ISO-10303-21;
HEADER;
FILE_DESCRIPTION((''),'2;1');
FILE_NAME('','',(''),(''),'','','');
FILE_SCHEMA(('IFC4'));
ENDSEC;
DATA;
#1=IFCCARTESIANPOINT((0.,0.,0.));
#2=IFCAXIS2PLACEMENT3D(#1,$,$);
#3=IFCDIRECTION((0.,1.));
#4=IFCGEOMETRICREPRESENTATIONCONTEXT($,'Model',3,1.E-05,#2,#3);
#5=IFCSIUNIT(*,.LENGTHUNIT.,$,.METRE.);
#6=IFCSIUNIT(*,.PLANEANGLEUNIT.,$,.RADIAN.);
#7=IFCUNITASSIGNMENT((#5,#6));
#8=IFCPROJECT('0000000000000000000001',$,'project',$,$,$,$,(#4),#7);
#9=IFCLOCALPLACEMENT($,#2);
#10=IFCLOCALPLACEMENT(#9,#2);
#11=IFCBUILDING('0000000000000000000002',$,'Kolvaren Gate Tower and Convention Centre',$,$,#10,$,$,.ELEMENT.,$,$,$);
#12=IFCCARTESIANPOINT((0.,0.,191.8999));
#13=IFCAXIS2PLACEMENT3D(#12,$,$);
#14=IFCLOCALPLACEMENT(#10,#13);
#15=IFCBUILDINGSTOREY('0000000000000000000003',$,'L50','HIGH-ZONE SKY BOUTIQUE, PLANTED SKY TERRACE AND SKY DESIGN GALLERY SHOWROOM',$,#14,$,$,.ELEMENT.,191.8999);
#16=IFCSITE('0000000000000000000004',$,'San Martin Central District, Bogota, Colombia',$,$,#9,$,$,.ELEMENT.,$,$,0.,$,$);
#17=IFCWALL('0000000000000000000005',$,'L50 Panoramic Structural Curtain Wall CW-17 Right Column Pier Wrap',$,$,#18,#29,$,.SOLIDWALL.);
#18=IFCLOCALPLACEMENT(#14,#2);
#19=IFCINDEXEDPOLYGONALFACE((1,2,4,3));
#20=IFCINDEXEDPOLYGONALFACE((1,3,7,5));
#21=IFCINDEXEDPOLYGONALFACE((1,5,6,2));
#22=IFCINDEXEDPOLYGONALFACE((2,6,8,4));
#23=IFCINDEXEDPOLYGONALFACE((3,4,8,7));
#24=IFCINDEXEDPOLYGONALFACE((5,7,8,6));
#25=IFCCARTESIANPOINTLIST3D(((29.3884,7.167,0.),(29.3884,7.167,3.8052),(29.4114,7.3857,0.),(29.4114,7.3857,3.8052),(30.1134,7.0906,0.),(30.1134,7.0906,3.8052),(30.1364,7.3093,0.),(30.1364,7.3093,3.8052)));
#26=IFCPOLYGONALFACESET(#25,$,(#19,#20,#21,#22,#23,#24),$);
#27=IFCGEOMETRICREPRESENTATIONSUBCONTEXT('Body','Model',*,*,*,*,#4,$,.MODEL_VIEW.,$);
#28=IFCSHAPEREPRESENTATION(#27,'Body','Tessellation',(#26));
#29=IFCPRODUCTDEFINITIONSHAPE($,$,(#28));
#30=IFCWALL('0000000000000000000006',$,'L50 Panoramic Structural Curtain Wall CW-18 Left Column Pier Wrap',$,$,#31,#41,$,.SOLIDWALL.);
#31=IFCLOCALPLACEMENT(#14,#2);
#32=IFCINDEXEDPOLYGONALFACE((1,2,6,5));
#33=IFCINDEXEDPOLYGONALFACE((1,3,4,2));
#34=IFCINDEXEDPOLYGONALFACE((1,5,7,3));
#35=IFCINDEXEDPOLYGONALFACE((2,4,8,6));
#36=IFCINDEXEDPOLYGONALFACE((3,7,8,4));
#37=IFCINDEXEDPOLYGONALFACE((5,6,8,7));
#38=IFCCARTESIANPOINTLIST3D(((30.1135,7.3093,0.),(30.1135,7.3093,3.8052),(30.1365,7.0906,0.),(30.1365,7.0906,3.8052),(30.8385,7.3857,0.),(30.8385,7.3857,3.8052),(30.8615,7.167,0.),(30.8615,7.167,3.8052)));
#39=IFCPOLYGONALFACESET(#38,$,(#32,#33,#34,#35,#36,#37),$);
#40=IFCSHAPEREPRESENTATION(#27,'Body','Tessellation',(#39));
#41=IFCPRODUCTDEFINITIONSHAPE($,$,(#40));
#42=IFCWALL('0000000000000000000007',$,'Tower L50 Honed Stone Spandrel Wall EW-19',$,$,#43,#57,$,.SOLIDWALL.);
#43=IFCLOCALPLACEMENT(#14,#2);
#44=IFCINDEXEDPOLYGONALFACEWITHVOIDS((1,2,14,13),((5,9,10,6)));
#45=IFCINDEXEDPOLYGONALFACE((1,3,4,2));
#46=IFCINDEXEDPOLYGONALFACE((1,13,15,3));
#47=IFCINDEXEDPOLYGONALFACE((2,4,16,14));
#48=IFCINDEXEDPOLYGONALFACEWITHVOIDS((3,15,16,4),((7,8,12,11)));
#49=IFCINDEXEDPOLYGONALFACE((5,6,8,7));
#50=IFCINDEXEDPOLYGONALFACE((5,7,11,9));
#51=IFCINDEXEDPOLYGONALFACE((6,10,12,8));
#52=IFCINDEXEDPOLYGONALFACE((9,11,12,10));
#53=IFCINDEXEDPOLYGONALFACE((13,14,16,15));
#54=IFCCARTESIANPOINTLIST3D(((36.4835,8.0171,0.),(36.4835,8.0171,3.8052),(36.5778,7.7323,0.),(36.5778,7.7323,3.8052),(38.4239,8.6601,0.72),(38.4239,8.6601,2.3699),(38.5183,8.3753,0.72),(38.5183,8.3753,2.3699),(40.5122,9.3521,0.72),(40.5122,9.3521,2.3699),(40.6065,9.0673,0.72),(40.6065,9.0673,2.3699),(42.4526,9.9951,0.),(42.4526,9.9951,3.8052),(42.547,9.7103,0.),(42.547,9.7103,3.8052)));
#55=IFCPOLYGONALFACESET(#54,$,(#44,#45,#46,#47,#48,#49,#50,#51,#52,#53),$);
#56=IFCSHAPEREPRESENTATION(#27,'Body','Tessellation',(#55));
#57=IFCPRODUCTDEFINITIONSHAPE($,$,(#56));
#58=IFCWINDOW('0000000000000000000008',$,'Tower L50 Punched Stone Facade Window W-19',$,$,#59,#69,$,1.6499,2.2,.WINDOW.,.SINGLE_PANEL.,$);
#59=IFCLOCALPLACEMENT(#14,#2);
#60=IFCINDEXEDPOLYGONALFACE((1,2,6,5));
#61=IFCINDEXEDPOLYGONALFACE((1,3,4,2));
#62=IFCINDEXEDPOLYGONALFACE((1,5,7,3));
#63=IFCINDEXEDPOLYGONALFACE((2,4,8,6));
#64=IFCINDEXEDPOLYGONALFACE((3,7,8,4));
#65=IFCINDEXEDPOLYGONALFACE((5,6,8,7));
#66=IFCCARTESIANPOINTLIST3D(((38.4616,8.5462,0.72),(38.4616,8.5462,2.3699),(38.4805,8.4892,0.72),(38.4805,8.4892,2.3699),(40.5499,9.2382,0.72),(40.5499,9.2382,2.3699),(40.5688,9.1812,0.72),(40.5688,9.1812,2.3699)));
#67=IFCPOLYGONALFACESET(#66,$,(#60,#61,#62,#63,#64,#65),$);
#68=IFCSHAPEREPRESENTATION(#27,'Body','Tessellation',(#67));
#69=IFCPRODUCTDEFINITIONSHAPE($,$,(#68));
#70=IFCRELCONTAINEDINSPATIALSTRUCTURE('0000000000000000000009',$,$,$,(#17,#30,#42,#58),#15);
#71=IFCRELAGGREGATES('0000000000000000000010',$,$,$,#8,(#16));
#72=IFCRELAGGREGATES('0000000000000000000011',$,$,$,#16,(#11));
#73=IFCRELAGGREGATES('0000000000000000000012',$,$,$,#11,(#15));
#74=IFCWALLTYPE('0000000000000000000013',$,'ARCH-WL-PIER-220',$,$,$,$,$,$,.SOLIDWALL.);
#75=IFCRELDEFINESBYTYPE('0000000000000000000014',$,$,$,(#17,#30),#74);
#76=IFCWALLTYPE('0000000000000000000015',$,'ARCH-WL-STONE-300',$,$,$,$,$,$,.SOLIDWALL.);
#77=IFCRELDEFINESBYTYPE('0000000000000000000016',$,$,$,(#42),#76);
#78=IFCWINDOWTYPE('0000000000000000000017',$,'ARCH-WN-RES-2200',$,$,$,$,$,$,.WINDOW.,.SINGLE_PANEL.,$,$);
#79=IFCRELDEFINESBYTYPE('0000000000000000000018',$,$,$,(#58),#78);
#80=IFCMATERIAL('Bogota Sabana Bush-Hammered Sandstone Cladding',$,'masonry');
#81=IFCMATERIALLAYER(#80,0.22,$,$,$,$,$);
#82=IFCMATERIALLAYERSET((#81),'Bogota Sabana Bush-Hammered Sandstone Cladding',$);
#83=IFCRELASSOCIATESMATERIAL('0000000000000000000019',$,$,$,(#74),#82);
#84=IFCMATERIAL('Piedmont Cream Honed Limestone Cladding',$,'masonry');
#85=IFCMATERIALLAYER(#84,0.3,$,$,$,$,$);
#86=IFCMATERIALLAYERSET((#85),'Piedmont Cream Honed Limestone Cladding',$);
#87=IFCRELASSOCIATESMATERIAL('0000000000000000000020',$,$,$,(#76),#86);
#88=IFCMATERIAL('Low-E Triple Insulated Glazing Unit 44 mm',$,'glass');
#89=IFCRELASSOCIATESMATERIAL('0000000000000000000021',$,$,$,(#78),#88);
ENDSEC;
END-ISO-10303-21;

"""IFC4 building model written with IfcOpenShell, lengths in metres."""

from ifc_helpers import new_model, si_unit, direction, frame, frame_2d, origin, place, context, subcontext, project, spatial, rectangle, extrude, material, layer, layer_set, type_object, element, fill, save


model = new_model("IFC4")

# Units and contexts
model_context = context("Model", 3, precision=1e-05, world=origin(), true_north=direction((0.0, 1.0)))
body_context = subcontext(model_context, "Body", "Model", "MODEL_VIEW")
ifc_project = project(units=[si_unit("LENGTHUNIT", "METRE"), si_unit("PLANEANGLEUNIT", "RADIAN")], contexts=[model_context])

# Site, building, storey
site_placement = place(None, origin())
site = spatial("IfcSite", under=ifc_project, at=site_placement, Name="San Martin Central District, Bogota, Colombia", CompositionType="ELEMENT", RefElevation=0.0)
building_placement = place(site_placement, origin())
building = spatial("IfcBuilding", under=site, at=building_placement, Name="Kolvaren Gate Tower and Convention Centre", CompositionType="ELEMENT")
storey_placement = place(building_placement, frame((0.0, 0.0, 191.8999)))
storey = spatial("IfcBuildingStorey", under=building, at=storey_placement, Name="L50", Description="HIGH-ZONE SKY BOUTIQUE, PLANTED SKY TERRACE AND SKY DESIGN GALLERY SHOWROOM", CompositionType="ELEMENT", Elevation=191.8999)

# Shared definitions
ifc_material_1 = material(Name="Low-E Triple Insulated Glazing Unit 44 mm", Category="glass")

# Walls
ifc_material_2 = material(Name="Bogota Sabana Bush-Hammered Sandstone Cladding", Category="masonry")
ifc_layer_1 = layer(ifc_material_2, 0.22)
ifc_layer_set_1 = layer_set([ifc_layer_1], Name="Bogota Sabana Bush-Hammered Sandstone Cladding")
wall_type_1 = type_object("IfcWallType", Name="ARCH-WL-PIER-220", PredefinedType="SOLIDWALL", material=ifc_layer_set_1)
for number, where, z_axis, x_axis, name in (
    (1, (29.3999, 7.2764, 0.0), (0.0, 0.0, 1.0), (0.994493, -0.104807, 0.0), "L50 Panoramic Structural Curtain Wall CW-17 Right Column Pier Wrap"),
    (2, (30.125, 7.2, 0.0), (0.0, 0.0, 1.0), (0.994493, 0.104807, 0.0), "L50 Panoramic Structural Curtain Wall CW-18 Left Column Pier Wrap"),
):
    element("IfcWall", number, at=place(storey_placement, frame(where, z_axis=z_axis, x_axis=x_axis)), inside=storey, type_object=wall_type_1, Name=name, PredefinedType="SOLIDWALL", context=body_context, shape_type="SweptSolid", body=[
        extrude(rectangle(XDim=0.729, YDim=0.22, at=frame_2d((0.3645, 0.0))), origin(), (0.0, 0.0, 1.0), 3.8052),
    ])

# Wall, opening, window
ifc_material_3 = material(Name="Piedmont Cream Honed Limestone Cladding", Category="masonry")
ifc_layer_2 = layer(ifc_material_3, 0.3)
ifc_layer_set_2 = layer_set([ifc_layer_2], Name="Piedmont Cream Honed Limestone Cladding")
wall_type_2 = type_object("IfcWallType", Name="ARCH-WL-STONE-300", PredefinedType="SOLIDWALL", material=ifc_layer_set_2)
wall_1_placement = place(storey_placement, frame((36.5308, 7.8748, 0.0), z_axis=(0.0, 0.0, 1.0), x_axis=(0.949241, 0.31455, 0.0)))
wall_1 = element("IfcWall", 3, at=wall_1_placement, inside=storey, type_object=wall_type_2, Name="Tower L50 Honed Stone Spandrel Wall EW-19", PredefinedType="SOLIDWALL", context=body_context, shape_type="SweptSolid", body=[
    extrude(rectangle(XDim=6.2883, YDim=0.3, at=frame_2d((3.144, 0.0))), origin(), (0.0, 0.0, 1.0), 3.8052),
])
opening_placement = place(wall_1_placement, frame((2.0439, 0.0, 0.72)))
opening = element("IfcOpeningElement", 4, at=opening_placement, cuts=wall_1, PredefinedType="OPENING", context=body_context, shape_type="SweptSolid", body=[
    extrude(rectangle(XDim=2.2, YDim=1.6499, at=frame_2d((1.1001, 0.825))), frame((0.0, 0.1599, 0.0), z_axis=(0.0, -1.0, 0.0), x_axis=(1.0, 0.0, 0.0)), (0.0, 0.0, 1.0), 0.3201),
])
window_type = type_object("IfcWindowType", Name="ARCH-WN-RES-2200", PartitioningType="SINGLE_PANEL", PredefinedType="WINDOW", material=ifc_material_1)
window_placement = place(opening_placement, origin())
window = element("IfcWindow", 5, at=window_placement, inside=storey, type_object=window_type, Name="Tower L50 Punched Stone Facade Window W-19", OverallHeight=1.6499, OverallWidth=2.2, PartitioningType="SINGLE_PANEL", PredefinedType="WINDOW", context=body_context, shape_type="SweptSolid", body=[
    extrude(rectangle(XDim=2.2, YDim=1.6499, at=frame_2d((1.1001, 0.825))), frame((0.0, 0.03, 0.0), z_axis=(0.0, -1.0, 0.0), x_axis=(1.0, 0.0, 0.0)), (0.0, 0.0, 1.0), 0.0601),
])
fill(opening, window)

save(model, "model.ifc")
